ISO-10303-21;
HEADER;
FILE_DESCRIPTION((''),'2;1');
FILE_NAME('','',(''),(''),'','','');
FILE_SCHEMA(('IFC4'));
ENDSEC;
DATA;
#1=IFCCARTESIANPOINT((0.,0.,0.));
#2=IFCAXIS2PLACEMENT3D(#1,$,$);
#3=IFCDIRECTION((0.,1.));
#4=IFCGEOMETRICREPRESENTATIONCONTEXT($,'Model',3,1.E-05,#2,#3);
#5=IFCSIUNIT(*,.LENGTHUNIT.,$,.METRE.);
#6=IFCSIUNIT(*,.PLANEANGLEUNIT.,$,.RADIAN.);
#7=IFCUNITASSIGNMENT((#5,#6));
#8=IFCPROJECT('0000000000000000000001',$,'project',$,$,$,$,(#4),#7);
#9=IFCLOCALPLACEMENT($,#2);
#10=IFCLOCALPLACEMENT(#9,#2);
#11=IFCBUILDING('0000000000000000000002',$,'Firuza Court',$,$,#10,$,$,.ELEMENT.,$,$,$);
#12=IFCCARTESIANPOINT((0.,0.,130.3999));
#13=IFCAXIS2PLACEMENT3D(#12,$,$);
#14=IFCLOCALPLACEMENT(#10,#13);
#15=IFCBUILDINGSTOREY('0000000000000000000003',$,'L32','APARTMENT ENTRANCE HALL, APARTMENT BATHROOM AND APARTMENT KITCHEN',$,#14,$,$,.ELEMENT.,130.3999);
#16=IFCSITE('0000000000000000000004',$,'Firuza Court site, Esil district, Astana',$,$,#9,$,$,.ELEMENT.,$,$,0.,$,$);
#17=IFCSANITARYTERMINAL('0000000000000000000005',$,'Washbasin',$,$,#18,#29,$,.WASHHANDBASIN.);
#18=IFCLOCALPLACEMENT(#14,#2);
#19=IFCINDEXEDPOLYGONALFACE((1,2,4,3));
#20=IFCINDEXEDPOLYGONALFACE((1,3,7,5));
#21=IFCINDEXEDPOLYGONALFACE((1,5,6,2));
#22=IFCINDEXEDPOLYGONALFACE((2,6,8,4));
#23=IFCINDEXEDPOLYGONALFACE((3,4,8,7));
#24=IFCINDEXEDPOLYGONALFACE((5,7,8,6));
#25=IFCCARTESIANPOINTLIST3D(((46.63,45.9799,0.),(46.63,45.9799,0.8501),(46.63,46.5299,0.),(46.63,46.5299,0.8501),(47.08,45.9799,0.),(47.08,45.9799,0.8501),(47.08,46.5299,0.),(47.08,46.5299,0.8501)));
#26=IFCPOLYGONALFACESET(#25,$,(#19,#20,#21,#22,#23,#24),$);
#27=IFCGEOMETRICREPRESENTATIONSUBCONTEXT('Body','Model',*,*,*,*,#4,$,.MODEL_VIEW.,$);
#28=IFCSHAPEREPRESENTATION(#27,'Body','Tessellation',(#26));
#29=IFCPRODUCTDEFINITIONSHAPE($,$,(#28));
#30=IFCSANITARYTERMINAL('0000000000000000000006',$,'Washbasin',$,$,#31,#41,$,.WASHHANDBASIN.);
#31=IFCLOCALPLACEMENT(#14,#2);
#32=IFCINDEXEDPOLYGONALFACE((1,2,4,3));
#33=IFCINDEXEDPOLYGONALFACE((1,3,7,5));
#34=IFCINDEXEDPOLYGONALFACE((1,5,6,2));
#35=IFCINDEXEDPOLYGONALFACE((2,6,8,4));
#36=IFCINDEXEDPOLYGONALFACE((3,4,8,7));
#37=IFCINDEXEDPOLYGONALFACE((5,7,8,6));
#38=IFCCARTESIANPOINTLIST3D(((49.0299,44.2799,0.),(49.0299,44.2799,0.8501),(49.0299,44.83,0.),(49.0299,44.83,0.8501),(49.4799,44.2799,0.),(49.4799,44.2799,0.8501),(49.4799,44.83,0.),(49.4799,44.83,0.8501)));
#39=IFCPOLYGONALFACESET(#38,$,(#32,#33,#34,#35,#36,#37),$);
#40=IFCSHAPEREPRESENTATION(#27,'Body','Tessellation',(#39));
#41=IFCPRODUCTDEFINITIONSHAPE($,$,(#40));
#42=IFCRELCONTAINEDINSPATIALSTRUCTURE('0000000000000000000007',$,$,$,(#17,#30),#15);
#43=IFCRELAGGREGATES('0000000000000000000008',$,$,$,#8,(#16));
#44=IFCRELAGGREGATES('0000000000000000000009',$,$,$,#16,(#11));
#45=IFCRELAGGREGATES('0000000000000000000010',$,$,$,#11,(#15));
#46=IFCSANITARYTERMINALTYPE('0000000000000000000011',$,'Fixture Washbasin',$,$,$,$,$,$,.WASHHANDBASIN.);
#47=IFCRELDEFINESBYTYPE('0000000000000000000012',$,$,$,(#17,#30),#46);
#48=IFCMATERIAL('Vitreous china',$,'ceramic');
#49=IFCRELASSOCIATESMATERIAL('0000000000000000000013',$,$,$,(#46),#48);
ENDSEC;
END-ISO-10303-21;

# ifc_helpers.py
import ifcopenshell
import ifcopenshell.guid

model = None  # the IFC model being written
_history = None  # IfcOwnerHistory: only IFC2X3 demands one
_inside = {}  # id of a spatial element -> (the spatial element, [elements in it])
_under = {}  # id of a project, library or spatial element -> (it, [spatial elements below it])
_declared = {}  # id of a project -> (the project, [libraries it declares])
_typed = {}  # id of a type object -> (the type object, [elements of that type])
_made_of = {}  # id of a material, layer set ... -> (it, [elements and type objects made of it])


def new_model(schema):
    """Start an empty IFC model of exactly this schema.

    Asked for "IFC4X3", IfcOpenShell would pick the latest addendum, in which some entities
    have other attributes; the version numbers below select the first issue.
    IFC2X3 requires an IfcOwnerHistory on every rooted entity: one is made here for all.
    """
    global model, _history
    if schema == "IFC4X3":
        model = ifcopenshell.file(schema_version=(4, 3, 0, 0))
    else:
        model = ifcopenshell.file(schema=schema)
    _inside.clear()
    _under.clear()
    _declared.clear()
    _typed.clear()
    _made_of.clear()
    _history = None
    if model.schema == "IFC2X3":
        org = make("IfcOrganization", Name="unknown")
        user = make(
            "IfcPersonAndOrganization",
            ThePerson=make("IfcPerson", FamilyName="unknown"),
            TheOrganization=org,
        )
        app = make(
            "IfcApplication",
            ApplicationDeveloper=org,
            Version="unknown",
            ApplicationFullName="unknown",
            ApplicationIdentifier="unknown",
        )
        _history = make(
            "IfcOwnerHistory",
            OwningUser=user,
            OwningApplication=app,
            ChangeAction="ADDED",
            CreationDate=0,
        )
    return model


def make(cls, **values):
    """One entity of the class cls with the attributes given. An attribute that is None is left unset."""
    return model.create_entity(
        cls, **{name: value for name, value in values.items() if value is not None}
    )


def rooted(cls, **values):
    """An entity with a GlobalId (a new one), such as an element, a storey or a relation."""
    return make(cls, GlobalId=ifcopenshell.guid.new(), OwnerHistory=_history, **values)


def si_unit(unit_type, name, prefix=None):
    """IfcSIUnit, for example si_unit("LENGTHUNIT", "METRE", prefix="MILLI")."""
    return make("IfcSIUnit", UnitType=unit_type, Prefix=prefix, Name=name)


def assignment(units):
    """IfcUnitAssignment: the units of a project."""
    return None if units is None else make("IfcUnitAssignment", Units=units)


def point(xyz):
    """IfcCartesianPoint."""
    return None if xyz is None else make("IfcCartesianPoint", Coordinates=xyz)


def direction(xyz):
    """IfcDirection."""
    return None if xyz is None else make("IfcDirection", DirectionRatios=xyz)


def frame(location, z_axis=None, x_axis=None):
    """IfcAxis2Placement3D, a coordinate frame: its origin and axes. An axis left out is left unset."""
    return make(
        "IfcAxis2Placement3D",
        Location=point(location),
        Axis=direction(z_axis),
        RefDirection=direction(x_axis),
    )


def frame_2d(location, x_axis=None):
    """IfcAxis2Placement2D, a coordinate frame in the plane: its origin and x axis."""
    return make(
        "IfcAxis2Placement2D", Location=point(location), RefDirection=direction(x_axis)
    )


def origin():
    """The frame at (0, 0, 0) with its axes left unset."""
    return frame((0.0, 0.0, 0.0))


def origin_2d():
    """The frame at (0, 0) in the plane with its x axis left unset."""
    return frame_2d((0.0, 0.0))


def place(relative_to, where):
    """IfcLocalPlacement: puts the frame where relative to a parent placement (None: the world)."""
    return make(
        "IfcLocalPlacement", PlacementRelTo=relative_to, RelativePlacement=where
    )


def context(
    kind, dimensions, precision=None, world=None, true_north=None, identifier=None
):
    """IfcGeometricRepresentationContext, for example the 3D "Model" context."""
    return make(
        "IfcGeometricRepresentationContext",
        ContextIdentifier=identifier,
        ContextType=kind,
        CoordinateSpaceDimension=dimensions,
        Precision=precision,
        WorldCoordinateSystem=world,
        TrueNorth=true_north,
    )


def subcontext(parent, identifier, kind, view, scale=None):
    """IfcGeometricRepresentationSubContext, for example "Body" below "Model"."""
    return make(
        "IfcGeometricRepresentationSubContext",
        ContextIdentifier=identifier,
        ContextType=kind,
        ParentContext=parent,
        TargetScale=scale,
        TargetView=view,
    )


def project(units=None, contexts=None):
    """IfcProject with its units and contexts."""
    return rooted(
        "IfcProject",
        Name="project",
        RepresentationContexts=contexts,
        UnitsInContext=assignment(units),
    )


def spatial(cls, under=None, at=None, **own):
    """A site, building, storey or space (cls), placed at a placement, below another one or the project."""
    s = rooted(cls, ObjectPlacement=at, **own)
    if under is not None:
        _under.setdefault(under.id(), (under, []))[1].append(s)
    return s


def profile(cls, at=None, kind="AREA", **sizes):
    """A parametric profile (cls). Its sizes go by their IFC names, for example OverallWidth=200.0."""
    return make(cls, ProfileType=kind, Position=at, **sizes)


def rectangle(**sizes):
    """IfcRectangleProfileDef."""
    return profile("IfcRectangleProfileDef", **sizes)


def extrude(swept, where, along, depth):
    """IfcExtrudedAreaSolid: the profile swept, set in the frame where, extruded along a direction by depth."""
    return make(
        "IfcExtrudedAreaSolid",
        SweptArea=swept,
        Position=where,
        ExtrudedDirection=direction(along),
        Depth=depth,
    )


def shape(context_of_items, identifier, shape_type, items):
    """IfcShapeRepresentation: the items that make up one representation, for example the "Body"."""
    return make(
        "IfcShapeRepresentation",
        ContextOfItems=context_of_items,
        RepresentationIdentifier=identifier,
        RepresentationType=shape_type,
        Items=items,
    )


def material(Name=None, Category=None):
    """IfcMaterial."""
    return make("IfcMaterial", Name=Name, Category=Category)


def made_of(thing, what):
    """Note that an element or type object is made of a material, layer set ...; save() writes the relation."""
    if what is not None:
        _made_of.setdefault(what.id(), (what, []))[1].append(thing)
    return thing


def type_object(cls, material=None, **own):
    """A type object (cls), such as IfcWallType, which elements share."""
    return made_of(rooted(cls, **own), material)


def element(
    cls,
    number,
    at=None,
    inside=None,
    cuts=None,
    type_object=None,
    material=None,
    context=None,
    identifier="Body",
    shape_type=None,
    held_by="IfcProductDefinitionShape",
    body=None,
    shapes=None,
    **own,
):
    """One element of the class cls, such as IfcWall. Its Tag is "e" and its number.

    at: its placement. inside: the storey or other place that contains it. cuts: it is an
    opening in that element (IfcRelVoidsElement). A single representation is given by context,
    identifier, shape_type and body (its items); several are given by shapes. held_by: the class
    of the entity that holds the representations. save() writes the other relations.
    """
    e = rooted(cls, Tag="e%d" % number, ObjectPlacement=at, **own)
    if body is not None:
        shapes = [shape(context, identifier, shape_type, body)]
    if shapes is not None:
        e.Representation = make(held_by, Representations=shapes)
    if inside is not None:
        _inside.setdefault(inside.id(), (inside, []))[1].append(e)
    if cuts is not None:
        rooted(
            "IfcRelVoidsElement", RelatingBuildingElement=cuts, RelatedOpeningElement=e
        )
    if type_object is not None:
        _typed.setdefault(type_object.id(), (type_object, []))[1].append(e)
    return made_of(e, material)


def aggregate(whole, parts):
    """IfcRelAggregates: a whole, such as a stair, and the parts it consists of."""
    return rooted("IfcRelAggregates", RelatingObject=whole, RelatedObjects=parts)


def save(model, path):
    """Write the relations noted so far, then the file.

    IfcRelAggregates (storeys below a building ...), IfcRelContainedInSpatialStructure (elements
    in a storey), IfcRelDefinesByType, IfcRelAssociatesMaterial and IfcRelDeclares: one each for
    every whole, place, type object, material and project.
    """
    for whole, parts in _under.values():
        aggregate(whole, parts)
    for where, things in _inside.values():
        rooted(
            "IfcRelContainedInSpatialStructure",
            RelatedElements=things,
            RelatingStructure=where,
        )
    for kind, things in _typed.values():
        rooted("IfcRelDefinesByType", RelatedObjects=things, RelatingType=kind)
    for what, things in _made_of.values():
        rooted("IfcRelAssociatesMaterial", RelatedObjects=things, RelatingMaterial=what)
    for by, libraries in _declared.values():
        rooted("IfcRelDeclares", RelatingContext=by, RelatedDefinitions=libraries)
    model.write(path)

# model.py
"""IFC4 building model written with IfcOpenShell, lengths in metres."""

from ifc_helpers import new_model, si_unit, direction, frame, origin, origin_2d, place, context, subcontext, project, spatial, rectangle, extrude, material, type_object, element, save


model = new_model("IFC4")

# Units and contexts
model_context = context("Model", 3, precision=1e-05, world=origin(), true_north=direction((0.0, 1.0)))
body_context = subcontext(model_context, "Body", "Model", "MODEL_VIEW")
ifc_project = project(units=[si_unit("LENGTHUNIT", "METRE"), si_unit("PLANEANGLEUNIT", "RADIAN")], contexts=[model_context])

# Site, building, storey
site_placement = place(None, origin())
site = spatial("IfcSite", under=ifc_project, at=site_placement, Name="Firuza Court site, Esil district, Astana", CompositionType="ELEMENT", RefElevation=0.0)
building_placement = place(site_placement, origin())
building = spatial("IfcBuilding", under=site, at=building_placement, Name="Firuza Court", CompositionType="ELEMENT")
storey_placement = place(building_placement, frame((0.0, 0.0, 130.3999)))
storey = spatial("IfcBuildingStorey", under=building, at=storey_placement, Name="L32", Description="APARTMENT ENTRANCE HALL, APARTMENT BATHROOM AND APARTMENT KITCHEN", CompositionType="ELEMENT", Elevation=130.3999)

# Sanitary terminals
ifc_material_1 = material(Name="Vitreous china", Category="ceramic")
sanitary_terminal_type_1 = type_object("IfcSanitaryTerminalType", Name="Fixture Washbasin", PredefinedType="WASHHANDBASIN", material=ifc_material_1)
for number, where, z_axis, x_axis, name in (
    (1, (46.855, 46.2549, 0.0), (0.0, 0.0, 1.0), (1.0, 0.0, 0.0), "Washbasin"),
    (2, (49.2549, 44.5549, 0.0), (0.0, 0.0, 1.0), (1.0, 0.0, 0.0), "Washbasin"),
):
    element("IfcSanitaryTerminal", number, at=place(storey_placement, frame(where, z_axis=z_axis, x_axis=x_axis)), inside=storey, type_object=sanitary_terminal_type_1, Name=name, PredefinedType="WASHHANDBASIN", context=body_context, shape_type="SweptSolid", body=[
        extrude(rectangle(XDim=0.45, YDim=0.55, at=origin_2d()), origin(), (0.0, 0.0, 1.0), 0.8501),
    ])

save(model, "model.ifc")
